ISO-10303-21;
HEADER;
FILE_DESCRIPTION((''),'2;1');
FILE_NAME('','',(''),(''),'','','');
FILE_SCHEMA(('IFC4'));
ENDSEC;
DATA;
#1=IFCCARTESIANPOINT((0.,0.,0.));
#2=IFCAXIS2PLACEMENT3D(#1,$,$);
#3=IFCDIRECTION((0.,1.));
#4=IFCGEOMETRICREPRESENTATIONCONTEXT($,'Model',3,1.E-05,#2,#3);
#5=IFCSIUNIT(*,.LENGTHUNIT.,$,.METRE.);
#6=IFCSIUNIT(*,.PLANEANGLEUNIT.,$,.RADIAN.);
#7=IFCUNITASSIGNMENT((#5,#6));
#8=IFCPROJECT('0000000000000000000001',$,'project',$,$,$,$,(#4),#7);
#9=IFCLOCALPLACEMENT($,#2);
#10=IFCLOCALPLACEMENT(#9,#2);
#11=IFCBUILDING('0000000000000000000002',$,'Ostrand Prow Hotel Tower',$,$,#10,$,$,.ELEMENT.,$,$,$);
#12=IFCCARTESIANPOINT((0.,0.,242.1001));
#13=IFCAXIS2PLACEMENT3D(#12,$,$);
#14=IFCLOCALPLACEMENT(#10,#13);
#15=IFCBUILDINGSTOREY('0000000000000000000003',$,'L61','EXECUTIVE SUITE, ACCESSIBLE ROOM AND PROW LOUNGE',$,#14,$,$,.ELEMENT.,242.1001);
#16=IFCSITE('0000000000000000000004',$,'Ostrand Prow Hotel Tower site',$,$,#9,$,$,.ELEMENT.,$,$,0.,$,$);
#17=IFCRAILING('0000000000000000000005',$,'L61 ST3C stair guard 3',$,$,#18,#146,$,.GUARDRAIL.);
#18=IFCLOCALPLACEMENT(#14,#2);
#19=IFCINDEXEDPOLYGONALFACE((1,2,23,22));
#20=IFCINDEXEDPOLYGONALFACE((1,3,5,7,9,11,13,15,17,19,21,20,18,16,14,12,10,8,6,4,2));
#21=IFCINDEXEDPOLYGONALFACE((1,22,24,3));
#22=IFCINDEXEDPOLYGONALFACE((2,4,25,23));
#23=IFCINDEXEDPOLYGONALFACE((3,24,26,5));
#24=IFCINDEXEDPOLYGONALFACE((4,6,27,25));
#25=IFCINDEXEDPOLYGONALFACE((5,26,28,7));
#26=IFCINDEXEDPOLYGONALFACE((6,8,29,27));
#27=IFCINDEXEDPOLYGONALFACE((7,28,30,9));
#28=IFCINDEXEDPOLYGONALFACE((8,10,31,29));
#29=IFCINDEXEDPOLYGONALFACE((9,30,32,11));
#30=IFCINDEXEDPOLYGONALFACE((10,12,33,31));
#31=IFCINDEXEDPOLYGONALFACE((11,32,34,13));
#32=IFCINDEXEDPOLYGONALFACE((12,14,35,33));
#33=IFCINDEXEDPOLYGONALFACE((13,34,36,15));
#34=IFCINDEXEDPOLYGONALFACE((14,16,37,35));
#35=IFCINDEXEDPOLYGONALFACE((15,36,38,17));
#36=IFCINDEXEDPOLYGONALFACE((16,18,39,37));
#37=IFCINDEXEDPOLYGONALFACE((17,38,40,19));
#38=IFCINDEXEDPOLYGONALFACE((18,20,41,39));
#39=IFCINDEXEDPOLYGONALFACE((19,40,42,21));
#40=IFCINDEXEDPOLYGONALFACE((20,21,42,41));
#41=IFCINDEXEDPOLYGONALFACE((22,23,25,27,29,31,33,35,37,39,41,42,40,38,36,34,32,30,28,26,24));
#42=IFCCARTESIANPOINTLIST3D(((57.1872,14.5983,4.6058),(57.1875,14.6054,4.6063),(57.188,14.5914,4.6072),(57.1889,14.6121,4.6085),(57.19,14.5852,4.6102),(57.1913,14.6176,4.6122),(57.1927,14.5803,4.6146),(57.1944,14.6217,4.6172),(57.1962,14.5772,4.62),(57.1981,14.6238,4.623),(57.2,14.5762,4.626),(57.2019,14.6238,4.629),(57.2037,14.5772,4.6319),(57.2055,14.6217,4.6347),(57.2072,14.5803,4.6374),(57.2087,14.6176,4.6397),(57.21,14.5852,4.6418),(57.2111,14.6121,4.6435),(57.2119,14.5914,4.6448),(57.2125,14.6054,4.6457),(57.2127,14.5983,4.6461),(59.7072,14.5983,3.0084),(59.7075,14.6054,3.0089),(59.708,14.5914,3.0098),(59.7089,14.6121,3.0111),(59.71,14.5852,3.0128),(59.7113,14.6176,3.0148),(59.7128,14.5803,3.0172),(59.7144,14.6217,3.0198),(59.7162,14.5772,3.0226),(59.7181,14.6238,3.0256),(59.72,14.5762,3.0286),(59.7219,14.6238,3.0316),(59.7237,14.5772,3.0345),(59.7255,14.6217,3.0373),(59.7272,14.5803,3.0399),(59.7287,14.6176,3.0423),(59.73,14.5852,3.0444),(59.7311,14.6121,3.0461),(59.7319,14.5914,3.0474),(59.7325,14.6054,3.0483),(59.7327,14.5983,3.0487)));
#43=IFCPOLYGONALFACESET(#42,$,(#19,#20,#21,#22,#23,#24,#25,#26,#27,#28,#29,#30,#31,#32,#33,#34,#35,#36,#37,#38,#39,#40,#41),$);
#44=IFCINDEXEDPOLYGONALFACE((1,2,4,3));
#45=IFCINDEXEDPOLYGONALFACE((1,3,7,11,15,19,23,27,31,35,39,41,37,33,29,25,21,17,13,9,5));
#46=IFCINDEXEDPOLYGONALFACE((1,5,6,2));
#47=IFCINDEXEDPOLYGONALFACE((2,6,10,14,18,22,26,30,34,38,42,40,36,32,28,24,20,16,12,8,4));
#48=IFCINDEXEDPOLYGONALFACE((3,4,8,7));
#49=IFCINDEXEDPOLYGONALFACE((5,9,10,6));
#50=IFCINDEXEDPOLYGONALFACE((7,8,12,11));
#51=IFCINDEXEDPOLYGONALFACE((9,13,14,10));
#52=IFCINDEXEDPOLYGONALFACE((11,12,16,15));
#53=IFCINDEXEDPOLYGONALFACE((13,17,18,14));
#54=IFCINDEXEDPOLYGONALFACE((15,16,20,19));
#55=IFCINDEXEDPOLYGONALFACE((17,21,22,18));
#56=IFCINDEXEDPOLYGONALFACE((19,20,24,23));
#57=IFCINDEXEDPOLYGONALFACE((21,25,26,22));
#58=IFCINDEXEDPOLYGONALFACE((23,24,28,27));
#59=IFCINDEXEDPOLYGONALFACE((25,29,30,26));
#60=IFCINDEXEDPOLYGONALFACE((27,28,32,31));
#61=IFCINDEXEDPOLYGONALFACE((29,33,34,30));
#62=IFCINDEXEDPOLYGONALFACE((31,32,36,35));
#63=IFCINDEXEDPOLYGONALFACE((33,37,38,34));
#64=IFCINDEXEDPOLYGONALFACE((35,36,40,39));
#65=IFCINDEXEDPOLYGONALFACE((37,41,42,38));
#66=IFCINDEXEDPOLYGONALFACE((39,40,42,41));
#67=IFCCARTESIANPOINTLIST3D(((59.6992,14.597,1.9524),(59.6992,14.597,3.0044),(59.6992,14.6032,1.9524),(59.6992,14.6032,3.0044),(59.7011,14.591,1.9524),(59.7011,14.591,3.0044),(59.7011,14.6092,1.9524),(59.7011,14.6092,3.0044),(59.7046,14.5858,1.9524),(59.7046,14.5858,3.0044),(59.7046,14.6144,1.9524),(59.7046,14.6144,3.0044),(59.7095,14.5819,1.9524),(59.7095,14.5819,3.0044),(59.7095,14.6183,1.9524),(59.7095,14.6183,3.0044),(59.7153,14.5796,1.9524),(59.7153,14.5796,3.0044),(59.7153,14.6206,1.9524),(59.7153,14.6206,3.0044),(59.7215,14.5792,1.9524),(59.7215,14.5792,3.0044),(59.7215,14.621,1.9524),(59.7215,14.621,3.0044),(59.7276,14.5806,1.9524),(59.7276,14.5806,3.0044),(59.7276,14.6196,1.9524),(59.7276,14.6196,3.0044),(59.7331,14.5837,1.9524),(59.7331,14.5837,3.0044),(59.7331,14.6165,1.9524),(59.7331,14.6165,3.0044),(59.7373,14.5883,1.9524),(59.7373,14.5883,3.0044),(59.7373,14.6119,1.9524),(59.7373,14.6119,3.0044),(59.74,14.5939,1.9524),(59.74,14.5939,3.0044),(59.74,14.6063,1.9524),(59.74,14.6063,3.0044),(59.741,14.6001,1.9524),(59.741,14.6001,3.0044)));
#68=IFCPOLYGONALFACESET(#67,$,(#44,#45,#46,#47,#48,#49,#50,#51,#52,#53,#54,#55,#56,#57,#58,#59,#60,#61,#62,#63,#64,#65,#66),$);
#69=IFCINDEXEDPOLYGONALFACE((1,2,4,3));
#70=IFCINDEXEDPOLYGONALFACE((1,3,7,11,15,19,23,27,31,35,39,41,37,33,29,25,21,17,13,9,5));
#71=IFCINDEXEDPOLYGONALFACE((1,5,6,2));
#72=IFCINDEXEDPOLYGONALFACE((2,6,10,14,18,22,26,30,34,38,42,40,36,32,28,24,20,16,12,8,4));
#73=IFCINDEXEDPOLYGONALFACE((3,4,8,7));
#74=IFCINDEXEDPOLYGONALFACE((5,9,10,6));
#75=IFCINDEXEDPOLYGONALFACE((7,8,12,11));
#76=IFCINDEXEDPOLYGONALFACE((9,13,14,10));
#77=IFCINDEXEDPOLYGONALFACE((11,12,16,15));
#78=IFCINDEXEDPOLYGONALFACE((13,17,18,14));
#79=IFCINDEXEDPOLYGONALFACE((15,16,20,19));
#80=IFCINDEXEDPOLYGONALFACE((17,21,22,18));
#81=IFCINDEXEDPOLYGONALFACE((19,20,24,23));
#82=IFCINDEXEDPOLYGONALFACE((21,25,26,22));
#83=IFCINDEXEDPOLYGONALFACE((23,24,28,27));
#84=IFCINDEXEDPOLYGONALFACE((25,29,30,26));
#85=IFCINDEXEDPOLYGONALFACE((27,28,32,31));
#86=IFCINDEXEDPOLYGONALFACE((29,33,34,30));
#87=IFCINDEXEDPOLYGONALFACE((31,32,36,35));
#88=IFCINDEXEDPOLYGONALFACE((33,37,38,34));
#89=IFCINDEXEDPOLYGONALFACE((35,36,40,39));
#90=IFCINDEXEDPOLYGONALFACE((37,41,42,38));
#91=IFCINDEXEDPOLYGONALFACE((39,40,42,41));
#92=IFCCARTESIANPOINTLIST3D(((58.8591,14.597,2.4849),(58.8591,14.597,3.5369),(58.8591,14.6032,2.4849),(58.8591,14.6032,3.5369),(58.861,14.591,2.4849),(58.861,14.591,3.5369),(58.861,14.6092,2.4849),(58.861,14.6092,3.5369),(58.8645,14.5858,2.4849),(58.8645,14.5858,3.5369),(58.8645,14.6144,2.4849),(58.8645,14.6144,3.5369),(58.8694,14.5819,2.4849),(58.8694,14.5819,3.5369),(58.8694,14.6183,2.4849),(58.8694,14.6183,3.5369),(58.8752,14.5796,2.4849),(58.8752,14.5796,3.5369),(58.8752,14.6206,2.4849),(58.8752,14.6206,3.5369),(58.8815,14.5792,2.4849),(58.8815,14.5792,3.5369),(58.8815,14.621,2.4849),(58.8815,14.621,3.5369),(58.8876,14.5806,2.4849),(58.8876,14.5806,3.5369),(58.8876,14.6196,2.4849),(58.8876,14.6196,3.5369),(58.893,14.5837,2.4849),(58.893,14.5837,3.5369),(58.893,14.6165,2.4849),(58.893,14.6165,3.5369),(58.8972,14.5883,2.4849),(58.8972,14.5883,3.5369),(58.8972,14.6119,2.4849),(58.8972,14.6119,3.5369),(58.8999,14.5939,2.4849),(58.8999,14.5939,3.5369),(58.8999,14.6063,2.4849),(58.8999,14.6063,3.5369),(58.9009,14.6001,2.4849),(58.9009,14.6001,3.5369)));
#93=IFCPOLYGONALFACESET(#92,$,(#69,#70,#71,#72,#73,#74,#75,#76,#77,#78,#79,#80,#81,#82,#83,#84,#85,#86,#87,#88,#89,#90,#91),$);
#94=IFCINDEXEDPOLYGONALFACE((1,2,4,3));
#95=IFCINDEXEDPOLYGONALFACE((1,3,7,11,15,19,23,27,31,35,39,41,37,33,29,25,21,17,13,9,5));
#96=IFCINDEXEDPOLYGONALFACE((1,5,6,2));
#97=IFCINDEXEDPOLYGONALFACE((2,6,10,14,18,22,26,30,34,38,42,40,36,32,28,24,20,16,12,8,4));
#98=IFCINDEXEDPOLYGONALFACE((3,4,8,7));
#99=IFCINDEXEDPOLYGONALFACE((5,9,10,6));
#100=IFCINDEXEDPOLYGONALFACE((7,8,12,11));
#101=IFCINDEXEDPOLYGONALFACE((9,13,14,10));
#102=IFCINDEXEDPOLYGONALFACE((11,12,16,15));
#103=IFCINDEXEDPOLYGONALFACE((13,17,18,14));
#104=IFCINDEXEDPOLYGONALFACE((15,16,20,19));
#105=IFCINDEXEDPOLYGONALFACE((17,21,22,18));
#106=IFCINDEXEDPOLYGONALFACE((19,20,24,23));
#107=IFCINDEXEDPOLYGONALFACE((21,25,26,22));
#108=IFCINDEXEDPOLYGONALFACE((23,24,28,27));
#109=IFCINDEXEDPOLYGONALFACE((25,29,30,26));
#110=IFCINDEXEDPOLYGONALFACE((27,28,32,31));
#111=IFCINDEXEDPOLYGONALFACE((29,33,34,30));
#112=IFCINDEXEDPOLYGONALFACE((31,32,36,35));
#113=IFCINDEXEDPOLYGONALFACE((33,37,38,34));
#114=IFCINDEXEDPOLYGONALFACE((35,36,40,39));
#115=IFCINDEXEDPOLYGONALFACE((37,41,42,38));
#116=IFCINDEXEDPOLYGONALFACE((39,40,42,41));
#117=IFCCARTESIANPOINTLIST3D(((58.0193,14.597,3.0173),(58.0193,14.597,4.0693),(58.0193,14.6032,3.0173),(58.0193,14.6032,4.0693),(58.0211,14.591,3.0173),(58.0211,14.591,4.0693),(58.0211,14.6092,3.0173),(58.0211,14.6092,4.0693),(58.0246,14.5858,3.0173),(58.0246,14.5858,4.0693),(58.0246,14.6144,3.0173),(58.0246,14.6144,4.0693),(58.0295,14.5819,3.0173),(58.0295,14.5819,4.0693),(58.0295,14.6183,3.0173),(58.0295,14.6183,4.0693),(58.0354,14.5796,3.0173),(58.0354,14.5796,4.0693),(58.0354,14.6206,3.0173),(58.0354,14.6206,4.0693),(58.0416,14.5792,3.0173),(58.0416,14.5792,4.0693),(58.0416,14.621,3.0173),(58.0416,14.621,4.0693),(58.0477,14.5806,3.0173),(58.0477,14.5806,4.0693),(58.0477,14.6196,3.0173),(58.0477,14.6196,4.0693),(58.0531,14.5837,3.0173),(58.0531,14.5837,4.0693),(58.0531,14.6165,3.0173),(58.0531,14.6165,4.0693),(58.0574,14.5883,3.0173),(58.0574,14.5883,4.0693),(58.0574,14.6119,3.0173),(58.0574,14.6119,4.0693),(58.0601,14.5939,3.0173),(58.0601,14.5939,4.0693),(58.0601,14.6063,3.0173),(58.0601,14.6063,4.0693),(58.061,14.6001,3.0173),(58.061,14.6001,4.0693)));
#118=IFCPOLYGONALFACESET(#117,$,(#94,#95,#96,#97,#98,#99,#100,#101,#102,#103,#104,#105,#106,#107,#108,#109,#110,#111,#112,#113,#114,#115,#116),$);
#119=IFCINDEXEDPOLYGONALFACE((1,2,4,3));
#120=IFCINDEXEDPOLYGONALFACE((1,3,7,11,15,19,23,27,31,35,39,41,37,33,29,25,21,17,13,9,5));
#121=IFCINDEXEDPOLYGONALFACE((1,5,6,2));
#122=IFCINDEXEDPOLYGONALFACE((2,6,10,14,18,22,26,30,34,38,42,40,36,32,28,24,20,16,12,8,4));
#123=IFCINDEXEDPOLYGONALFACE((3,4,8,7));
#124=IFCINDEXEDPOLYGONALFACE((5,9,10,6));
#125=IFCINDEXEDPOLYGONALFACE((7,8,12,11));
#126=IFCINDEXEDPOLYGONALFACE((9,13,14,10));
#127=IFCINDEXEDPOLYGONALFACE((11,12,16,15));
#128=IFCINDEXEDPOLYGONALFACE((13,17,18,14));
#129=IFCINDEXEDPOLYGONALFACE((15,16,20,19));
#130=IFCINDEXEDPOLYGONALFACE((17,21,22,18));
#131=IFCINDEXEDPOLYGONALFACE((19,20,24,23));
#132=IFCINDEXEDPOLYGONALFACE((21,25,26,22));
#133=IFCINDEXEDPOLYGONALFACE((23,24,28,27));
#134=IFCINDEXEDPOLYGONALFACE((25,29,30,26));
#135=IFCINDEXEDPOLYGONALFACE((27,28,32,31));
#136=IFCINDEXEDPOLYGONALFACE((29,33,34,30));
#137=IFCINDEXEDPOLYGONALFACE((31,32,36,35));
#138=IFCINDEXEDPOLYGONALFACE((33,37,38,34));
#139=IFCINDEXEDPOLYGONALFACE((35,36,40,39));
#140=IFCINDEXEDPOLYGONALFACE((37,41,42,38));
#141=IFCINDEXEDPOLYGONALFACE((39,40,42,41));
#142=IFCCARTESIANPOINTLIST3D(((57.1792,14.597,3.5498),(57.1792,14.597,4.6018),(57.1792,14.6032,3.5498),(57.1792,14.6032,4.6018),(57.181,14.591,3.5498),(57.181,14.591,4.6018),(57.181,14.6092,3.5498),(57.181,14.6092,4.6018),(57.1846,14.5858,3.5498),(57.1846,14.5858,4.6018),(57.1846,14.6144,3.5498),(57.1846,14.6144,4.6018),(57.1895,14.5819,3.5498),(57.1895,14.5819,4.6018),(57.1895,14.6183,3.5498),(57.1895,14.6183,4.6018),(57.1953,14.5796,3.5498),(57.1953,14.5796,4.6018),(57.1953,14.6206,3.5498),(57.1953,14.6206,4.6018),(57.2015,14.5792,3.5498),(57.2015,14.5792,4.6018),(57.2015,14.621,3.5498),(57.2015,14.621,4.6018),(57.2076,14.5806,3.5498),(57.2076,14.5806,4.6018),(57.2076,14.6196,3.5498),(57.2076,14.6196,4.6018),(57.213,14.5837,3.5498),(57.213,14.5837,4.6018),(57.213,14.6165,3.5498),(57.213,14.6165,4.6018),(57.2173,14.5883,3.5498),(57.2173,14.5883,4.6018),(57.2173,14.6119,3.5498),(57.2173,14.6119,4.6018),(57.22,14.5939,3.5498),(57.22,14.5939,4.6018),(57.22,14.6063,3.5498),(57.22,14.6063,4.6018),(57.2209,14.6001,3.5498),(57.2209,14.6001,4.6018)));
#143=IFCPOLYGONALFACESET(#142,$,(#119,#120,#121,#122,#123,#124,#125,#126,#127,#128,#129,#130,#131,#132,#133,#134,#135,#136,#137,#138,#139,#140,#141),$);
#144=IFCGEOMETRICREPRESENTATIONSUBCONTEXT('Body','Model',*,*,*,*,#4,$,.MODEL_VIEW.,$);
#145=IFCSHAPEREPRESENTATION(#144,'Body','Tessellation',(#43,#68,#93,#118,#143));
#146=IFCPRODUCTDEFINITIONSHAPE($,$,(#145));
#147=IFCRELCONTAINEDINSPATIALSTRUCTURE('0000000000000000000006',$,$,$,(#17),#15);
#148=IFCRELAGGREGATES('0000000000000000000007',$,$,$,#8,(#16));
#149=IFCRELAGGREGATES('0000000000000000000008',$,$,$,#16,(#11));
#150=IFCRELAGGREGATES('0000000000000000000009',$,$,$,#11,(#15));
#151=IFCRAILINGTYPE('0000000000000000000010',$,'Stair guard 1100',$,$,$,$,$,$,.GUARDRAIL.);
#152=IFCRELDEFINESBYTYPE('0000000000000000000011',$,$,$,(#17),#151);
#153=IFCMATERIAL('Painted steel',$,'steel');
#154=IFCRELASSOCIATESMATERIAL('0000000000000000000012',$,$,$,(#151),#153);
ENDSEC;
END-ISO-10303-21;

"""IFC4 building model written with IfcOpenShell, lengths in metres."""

from ifc_helpers import new_model, si_unit, direction, frame, origin, origin_2d, place, context, subcontext, project, spatial, circle, extrude, material, type_object, element, save


model = new_model("IFC4")

# Units and contexts
model_context = context("Model", 3, precision=1e-05, world=origin(), true_north=direction((0.0, 1.0)))
body_context = subcontext(model_context, "Body", "Model", "MODEL_VIEW")
ifc_project = project(units=[si_unit("LENGTHUNIT", "METRE"), si_unit("PLANEANGLEUNIT", "RADIAN")], contexts=[model_context])

# Site, building, storey
site_placement = place(None, origin())
site = spatial("IfcSite", under=ifc_project, at=site_placement, Name="Ostrand Prow Hotel Tower site", CompositionType="ELEMENT", RefElevation=0.0)
building_placement = place(site_placement, origin())
building = spatial("IfcBuilding", under=site, at=building_placement, Name="Ostrand Prow Hotel Tower", CompositionType="ELEMENT")
storey_placement = place(building_placement, frame((0.0, 0.0, 242.1001)))
storey = spatial("IfcBuildingStorey", under=building, at=storey_placement, Name="L61", Description="EXECUTIVE SUITE, ACCESSIBLE ROOM AND PROW LOUNGE", CompositionType="ELEMENT", Elevation=242.1001)

# Railing
ifc_material_1 = material(Name="Painted steel", Category="steel")
railing_type_1 = type_object("IfcRailingType", Name="Stair guard 1100", PredefinedType="GUARDRAIL", material=ifc_material_1)
railing_1_placement = place(storey_placement, frame((59.72, 14.6001, 1.9524)))
element("IfcRailing", 1, at=railing_1_placement, inside=storey, type_object=railing_type_1, Name="L61 ST3C stair guard 3", PredefinedType="GUARDRAIL", context=body_context, shape_type="SweptSolid", body=[
    extrude(circle(Radius=0.0239, at=origin_2d()), frame((0.0, 0.0, 1.0762), z_axis=(-0.844607, 0.0, 0.535387), x_axis=(0.0, -1.0, 0.0)), (0.0, 0.0, 1.0), 2.9836),
    extrude(circle(Radius=0.021, at=origin_2d()), origin(), (0.0, 0.0, 1.0), 1.052),
    extrude(circle(Radius=0.021, at=origin_2d()), frame((-0.8401, 0.0, 0.5325)), (0.0, 0.0, 1.0), 1.052),
    extrude(circle(Radius=0.021, at=origin_2d()), frame((-1.6799, 0.0, 1.0649)), (0.0, 0.0, 1.0), 1.052),
    extrude(circle(Radius=0.021, at=origin_2d()), frame((-2.52, 0.0, 1.5974)), (0.0, 0.0, 1.0), 1.052),
])

save(model, "model.ifc")
